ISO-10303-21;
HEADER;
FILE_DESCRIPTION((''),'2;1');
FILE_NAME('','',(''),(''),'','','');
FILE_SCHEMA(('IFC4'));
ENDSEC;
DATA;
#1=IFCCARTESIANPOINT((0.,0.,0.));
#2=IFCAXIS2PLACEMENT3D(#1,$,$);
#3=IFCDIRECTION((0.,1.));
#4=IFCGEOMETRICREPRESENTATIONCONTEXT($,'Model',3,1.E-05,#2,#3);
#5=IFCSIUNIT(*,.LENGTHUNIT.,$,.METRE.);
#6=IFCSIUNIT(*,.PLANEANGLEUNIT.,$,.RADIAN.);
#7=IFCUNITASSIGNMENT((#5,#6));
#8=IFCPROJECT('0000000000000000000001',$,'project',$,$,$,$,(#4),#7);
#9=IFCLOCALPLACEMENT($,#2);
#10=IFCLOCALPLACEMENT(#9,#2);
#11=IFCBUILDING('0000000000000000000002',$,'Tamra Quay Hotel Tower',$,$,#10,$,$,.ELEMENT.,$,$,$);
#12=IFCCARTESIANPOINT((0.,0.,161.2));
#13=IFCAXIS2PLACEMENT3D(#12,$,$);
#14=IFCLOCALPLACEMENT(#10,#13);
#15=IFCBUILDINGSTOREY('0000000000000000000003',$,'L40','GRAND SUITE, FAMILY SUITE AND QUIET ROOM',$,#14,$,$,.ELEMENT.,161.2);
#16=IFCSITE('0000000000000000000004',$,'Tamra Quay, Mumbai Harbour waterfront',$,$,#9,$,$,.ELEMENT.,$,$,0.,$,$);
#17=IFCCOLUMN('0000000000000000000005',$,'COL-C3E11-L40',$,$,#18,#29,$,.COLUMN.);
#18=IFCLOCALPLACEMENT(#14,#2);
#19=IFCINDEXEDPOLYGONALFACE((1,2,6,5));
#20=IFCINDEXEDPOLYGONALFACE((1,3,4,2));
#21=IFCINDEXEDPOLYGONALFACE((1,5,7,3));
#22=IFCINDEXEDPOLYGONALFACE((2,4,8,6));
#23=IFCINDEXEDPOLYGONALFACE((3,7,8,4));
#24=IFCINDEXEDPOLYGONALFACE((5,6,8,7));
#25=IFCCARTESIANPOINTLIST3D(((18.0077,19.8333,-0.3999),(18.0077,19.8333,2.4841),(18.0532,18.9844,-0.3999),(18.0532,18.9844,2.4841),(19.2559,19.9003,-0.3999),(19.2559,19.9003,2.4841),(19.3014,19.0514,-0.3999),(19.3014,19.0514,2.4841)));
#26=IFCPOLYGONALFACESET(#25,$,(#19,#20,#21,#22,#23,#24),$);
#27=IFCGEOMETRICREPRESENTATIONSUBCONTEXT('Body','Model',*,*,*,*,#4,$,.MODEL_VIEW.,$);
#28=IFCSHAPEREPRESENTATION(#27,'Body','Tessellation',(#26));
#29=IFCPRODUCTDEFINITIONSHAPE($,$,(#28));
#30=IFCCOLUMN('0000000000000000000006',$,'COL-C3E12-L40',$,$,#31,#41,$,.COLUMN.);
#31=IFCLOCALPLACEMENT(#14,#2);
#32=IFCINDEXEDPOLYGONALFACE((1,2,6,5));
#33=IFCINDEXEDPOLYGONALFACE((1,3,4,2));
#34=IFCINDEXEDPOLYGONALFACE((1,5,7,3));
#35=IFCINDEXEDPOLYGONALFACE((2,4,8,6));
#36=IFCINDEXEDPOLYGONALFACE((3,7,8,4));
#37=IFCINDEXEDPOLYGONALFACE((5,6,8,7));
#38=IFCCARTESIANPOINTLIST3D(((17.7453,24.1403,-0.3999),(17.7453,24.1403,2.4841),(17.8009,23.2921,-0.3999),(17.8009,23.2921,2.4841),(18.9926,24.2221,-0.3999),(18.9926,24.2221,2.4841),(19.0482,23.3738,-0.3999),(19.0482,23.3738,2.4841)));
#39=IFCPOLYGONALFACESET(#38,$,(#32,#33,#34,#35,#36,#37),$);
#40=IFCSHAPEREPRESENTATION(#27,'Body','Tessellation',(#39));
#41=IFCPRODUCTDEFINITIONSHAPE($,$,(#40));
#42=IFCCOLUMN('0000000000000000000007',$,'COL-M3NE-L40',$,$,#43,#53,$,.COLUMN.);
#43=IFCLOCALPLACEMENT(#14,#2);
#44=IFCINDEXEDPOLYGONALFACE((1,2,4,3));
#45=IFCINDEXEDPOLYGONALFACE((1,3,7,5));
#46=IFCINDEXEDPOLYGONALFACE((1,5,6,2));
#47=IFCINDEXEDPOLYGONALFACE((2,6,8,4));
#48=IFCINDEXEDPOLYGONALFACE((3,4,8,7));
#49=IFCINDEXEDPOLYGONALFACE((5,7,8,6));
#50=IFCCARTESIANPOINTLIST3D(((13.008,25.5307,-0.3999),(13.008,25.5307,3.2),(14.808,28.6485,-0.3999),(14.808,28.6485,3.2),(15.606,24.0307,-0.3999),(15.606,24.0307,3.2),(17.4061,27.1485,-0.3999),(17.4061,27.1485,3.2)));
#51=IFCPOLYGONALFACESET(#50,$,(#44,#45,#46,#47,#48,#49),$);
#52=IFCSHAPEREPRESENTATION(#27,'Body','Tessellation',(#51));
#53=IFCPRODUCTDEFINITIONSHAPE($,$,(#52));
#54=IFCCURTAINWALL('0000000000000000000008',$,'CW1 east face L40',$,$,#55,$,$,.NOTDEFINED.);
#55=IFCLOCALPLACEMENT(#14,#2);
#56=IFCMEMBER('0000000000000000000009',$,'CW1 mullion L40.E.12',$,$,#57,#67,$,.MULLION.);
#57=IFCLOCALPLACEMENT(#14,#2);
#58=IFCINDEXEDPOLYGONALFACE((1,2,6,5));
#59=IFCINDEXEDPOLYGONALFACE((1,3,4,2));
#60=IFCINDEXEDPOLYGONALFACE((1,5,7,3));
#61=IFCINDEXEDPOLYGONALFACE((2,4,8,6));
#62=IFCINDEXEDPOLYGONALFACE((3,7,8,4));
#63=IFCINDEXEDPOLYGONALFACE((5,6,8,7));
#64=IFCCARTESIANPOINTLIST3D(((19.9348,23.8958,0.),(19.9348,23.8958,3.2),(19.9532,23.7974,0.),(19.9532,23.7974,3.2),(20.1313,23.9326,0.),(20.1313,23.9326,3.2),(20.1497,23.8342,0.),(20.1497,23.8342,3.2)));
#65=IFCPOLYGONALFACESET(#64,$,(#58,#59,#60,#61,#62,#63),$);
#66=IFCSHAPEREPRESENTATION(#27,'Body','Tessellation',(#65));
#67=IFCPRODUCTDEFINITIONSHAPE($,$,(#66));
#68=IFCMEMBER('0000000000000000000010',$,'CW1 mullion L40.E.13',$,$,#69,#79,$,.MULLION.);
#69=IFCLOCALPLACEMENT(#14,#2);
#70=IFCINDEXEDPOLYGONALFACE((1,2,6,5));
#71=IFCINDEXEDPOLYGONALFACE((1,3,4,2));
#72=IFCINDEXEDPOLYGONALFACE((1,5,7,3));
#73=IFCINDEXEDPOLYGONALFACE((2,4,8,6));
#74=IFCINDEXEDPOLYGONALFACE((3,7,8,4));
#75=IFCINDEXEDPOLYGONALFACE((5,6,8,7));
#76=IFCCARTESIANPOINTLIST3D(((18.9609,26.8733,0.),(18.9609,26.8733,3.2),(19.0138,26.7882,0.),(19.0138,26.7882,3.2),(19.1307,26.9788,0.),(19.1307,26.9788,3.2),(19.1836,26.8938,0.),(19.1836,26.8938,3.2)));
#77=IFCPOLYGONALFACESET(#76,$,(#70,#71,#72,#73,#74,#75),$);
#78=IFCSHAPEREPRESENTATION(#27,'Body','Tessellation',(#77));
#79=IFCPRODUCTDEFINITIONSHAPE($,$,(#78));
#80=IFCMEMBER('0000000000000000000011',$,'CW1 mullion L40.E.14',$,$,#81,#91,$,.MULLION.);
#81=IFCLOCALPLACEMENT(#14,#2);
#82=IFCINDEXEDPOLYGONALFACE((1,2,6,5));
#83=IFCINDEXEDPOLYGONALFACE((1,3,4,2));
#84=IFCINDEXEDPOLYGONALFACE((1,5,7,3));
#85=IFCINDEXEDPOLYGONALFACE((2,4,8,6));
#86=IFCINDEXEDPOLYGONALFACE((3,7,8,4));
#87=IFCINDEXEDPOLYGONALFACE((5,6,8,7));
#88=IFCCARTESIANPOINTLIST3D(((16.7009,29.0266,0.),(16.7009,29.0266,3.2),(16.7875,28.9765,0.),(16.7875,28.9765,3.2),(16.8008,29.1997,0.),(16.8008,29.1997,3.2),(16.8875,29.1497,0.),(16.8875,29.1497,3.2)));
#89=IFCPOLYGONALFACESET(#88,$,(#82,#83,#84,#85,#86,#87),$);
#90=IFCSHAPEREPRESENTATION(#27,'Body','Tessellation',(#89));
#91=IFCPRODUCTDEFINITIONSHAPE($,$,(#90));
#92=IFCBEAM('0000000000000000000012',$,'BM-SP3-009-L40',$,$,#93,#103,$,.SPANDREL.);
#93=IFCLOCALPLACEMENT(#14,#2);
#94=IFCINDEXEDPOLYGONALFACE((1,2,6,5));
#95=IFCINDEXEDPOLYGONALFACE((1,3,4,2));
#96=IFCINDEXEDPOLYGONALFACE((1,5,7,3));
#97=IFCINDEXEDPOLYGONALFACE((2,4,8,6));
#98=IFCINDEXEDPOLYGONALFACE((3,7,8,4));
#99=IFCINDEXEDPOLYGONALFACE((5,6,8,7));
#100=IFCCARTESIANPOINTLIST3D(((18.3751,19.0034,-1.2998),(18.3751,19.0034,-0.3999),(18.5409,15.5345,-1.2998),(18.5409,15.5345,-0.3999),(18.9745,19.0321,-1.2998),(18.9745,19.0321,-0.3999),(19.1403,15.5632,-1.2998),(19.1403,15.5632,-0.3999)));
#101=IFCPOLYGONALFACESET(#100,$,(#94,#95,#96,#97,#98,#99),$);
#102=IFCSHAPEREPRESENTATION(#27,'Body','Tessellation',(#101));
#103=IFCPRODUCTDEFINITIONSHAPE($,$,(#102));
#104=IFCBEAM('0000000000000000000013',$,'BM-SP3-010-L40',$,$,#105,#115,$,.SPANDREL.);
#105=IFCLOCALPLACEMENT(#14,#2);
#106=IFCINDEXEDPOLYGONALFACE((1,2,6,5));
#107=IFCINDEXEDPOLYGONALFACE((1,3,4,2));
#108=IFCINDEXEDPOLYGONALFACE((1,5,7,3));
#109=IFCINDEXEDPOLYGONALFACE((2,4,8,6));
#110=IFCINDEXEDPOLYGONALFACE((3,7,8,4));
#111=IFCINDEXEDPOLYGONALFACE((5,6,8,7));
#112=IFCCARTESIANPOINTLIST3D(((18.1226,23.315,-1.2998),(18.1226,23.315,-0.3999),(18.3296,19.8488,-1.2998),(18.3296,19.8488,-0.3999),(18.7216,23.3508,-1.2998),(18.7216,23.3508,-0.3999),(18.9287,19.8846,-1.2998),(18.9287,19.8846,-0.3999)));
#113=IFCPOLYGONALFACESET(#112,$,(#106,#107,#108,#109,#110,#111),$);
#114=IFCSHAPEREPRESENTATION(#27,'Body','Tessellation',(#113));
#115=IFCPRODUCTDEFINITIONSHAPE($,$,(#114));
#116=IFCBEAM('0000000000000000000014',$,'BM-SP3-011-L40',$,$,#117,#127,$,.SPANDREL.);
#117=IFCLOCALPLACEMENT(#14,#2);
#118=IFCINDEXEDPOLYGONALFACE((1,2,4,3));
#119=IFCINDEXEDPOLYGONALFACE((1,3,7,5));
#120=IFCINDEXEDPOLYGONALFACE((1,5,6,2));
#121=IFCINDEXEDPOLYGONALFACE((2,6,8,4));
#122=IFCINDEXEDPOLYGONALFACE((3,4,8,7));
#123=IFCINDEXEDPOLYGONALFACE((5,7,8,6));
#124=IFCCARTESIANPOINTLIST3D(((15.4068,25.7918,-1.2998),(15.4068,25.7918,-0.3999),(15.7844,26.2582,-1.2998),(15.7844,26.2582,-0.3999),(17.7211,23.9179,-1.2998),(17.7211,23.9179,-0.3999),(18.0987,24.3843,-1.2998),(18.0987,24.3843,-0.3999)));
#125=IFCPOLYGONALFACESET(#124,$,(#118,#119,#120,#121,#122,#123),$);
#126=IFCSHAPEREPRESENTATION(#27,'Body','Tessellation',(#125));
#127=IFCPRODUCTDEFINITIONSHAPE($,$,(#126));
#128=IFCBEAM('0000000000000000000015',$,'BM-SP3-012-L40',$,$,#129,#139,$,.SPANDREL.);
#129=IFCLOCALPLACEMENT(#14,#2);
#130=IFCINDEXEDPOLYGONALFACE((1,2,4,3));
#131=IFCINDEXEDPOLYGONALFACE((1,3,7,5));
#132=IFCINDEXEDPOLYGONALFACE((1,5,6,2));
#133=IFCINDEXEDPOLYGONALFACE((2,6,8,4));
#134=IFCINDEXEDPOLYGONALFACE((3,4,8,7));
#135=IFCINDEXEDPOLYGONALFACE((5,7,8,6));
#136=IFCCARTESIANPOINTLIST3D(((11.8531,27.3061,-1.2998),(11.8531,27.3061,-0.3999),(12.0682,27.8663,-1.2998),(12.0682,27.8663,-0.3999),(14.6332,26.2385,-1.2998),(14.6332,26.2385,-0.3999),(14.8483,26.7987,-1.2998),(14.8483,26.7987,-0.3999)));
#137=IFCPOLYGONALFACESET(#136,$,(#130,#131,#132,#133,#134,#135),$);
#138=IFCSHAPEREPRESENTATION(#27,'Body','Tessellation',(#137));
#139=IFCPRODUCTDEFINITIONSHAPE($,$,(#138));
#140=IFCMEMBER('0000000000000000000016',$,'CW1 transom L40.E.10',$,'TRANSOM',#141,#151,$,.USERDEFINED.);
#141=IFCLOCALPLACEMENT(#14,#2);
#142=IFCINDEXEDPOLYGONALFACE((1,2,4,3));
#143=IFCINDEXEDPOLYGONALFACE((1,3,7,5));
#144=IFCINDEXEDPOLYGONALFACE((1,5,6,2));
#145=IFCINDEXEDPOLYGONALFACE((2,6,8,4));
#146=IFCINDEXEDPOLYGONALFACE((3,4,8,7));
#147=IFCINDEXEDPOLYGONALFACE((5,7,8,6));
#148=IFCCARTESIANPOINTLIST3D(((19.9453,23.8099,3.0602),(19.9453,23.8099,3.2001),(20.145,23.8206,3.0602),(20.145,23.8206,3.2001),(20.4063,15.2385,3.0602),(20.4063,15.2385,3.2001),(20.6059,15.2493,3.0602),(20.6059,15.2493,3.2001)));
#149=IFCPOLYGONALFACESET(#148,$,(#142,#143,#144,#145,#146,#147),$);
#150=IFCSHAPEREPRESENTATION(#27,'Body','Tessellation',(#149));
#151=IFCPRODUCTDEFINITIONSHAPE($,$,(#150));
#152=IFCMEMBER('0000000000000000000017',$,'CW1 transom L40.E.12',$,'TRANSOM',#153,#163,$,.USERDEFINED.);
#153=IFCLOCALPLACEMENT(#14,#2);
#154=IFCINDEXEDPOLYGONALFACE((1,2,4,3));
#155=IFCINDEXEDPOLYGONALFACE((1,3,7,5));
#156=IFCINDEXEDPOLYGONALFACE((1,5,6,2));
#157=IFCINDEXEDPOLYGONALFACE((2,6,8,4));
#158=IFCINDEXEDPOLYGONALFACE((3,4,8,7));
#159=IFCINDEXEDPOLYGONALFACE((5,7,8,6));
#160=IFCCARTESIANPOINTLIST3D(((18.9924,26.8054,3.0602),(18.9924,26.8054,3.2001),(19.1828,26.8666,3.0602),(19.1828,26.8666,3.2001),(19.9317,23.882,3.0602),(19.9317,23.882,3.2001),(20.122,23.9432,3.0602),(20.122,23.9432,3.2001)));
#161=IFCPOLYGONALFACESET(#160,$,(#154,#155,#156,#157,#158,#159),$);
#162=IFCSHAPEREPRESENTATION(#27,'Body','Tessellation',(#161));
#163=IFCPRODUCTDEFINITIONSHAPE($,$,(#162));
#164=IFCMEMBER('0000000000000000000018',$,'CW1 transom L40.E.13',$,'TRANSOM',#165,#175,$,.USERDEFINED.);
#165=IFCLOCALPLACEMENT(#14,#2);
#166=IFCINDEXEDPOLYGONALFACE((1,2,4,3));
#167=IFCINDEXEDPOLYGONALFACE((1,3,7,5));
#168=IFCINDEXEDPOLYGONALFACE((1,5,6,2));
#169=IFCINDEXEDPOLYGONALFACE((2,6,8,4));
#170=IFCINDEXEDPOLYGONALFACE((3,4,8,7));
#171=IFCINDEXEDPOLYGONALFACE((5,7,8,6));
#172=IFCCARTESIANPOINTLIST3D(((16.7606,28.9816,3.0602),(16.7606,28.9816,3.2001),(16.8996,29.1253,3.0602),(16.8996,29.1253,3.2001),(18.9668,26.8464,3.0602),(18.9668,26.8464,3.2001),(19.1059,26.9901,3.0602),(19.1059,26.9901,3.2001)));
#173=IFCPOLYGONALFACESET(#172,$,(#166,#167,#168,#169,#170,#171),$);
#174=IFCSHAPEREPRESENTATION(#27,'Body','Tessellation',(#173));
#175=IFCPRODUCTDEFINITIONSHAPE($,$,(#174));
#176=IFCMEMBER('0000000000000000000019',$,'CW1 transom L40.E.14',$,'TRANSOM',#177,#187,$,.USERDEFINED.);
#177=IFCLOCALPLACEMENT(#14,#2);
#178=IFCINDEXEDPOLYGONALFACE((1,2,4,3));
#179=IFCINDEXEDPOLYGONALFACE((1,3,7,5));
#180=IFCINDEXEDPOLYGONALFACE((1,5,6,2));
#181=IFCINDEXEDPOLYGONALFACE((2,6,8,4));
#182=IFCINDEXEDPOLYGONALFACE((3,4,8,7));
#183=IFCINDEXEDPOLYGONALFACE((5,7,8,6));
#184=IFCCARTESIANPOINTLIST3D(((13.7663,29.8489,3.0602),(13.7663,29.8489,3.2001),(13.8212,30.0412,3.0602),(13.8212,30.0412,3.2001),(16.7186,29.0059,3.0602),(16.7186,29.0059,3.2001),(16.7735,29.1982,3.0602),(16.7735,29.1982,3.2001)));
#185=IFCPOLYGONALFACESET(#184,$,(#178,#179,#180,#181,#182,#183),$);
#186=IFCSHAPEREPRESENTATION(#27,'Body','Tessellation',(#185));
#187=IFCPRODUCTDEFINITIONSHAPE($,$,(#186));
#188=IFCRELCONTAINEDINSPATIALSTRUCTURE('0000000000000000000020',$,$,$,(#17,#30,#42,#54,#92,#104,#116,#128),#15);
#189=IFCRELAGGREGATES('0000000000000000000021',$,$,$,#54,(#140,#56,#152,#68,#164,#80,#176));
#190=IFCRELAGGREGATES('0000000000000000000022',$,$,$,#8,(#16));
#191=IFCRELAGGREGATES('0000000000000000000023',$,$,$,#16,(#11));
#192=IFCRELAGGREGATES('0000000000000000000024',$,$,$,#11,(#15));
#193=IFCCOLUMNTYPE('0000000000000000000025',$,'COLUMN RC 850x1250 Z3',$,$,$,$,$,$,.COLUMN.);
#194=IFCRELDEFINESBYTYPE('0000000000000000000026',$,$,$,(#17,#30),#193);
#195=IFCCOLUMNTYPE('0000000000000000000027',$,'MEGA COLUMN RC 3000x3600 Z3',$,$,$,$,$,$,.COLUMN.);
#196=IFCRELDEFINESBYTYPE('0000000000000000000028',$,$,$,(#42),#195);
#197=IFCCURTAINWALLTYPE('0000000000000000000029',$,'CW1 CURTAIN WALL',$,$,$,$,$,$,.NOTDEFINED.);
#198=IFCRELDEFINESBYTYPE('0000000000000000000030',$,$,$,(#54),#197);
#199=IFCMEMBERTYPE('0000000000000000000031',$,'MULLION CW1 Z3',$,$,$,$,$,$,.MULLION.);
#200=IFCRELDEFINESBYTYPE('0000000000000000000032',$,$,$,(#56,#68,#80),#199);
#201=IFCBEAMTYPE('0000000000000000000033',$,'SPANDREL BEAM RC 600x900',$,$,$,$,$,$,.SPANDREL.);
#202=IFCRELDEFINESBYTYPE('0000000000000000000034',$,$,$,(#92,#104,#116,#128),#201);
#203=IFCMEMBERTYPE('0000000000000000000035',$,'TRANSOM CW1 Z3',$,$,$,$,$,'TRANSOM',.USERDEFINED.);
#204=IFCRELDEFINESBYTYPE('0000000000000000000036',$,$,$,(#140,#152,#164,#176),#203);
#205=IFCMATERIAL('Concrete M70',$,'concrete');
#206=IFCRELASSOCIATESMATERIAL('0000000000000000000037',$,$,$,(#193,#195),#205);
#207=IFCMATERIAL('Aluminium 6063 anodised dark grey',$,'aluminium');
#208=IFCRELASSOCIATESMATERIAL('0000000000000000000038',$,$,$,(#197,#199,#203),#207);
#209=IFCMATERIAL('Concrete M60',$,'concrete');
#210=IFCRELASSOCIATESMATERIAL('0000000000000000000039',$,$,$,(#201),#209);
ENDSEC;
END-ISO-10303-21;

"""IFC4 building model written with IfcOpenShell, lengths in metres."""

from ifc_helpers import new_model, si_unit, direction, frame, origin, origin_2d, place, context, subcontext, project, spatial, rectangle, extrude, material, material_profile, profile_set, type_object, element, aggregate, save


model = new_model("IFC4")

# Units and contexts
model_context = context("Model", 3, precision=1e-05, world=origin(), true_north=direction((0.0, 1.0)))
body_context = subcontext(model_context, "Body", "Model", "MODEL_VIEW")
ifc_project = project(units=[si_unit("LENGTHUNIT", "METRE"), si_unit("PLANEANGLEUNIT", "RADIAN")], contexts=[model_context])

# Site, building, storey
site_placement = place(None, origin())
site = spatial("IfcSite", under=ifc_project, at=site_placement, Name="Tamra Quay, Mumbai Harbour waterfront", CompositionType="ELEMENT", RefElevation=0.0)
building_placement = place(site_placement, origin())
building = spatial("IfcBuilding", under=site, at=building_placement, Name="Tamra Quay Hotel Tower", CompositionType="ELEMENT")
storey_placement = place(building_placement, frame((0.0, 0.0, 161.2)))
storey = spatial("IfcBuildingStorey", under=building, at=storey_placement, Name="L40", Description="GRAND SUITE, FAMILY SUITE AND QUIET ROOM", CompositionType="ELEMENT", Elevation=161.2)

# Columns
ifc_material_1 = material(Name="Concrete M70", Category="concrete")
ifc_material_profile_1 = material_profile(ifc_material_1, rectangle(XDim=1.25, YDim=0.8501, at=origin_2d()), Name="COLUMN RC 850x1250 Z3")
ifc_profile_set_1 = profile_set([ifc_material_profile_1], Name="Concrete M70")
column_type_1 = type_object("IfcColumnType", Name="COLUMN RC 850x1250 Z3", PredefinedType="COLUMN", material=ifc_profile_set_1)
for number, where, z_axis, x_axis, name in (
    (1, (18.6545, 19.4424, -0.3999), (0.0, 0.0, 1.0), (0.998562, 0.053603, 0.0), "COL-C3E11-L40"),
    (2, (18.3967, 23.7571, -0.3999), (0.0, 0.0, 1.0), (0.997858, 0.065419, 0.0), "COL-C3E12-L40"),
):
    element("IfcColumn", number, at=place(storey_placement, frame(where, z_axis=z_axis, x_axis=x_axis)), inside=storey, type_object=column_type_1, Name=name, PredefinedType="COLUMN", context=body_context, shape_type="SweptSolid", body=[
        extrude(rectangle(XDim=1.25, YDim=0.8501, at=origin_2d()), origin(), (0.0, 0.0, 1.0), 2.884),
    ])
ifc_material_profile_2 = material_profile(ifc_material_1, rectangle(XDim=3.6001, YDim=3.0, at=origin_2d()), Name="MEGA COLUMN RC 3000x3600 Z3")
ifc_profile_set_2 = profile_set([ifc_material_profile_2], Name="Concrete M70")
column_type_2 = type_object("IfcColumnType", Name="MEGA COLUMN RC 3000x3600 Z3", PredefinedType="COLUMN", material=ifc_profile_set_2)
column_placement = place(storey_placement, frame((15.207, 26.3396, -0.3999), z_axis=(0.0, 0.0, 1.0), x_axis=(0.5, 0.866025, 0.0)))
element("IfcColumn", 3, at=column_placement, inside=storey, type_object=column_type_2, Name="COL-M3NE-L40", PredefinedType="COLUMN", context=body_context, shape_type="SweptSolid", body=[
    extrude(rectangle(XDim=3.6001, YDim=3.0, at=origin_2d()), origin(), (0.0, 0.0, 1.0), 3.5999),
])

# Curtain wall, members
ifc_material_2 = material(Name="Aluminium 6063 anodised dark grey", Category="aluminium")
curtain_wall_type = type_object("IfcCurtainWallType", Name="CW1 CURTAIN WALL", PredefinedType="NOTDEFINED", material=ifc_material_2)
curtain_wall_placement = place(storey_placement, origin())
curtain_wall = element("IfcCurtainWall", 4, at=curtain_wall_placement, inside=storey, type_object=curtain_wall_type, Name="CW1 east face L40", PredefinedType="NOTDEFINED")
ifc_material_profile_3 = material_profile(ifc_material_2, rectangle(XDim=0.2, YDim=0.1001, at=origin_2d()), Name="MULLION 100X200")
ifc_profile_set_3 = profile_set([ifc_material_profile_3], Name="Aluminium 6063 anodised dark grey")
member_type_1 = type_object("IfcMemberType", Name="MULLION CW1 Z3", PredefinedType="MULLION", material=ifc_profile_set_3)
member_1_placement = place(storey_placement, frame((20.0422, 23.865, 0.0), z_axis=(0.0, 0.0, 1.0), x_axis=(0.982883, 0.18423, 0.0)))
member_1 = element("IfcMember", 5, at=member_1_placement, type_object=member_type_1, Name="CW1 mullion L40.E.12", PredefinedType="MULLION", context=body_context, shape_type="SweptSolid", body=[
    extrude(rectangle(XDim=0.2, YDim=0.1001, at=origin_2d()), origin(), (0.0, 0.0, 1.0), 3.2),
])
member_2_placement = place(storey_placement, frame((19.0723, 26.8835, 0.0), z_axis=(0.0, 0.0, 1.0), x_axis=(0.849198, 0.528075, 0.0)))
member_2 = element("IfcMember", 6, at=member_2_placement, type_object=member_type_1, Name="CW1 mullion L40.E.13", PredefinedType="MULLION", context=body_context, shape_type="SweptSolid", body=[
    extrude(rectangle(XDim=0.2, YDim=0.1001, at=origin_2d()), origin(), (0.0, 0.0, 1.0), 3.2),
])
member_3_placement = place(storey_placement, frame((16.7942, 29.0881, 0.0), z_axis=(0.0, 0.0, 1.0), x_axis=(0.5, 0.866025, 0.0)))
member_3 = element("IfcMember", 7, at=member_3_placement, type_object=member_type_1, Name="CW1 mullion L40.E.14", PredefinedType="MULLION", context=body_context, shape_type="SweptSolid", body=[
    extrude(rectangle(XDim=0.2, YDim=0.1001, at=origin_2d()), origin(), (0.0, 0.0, 1.0), 3.2),
])

# Beams
ifc_material_3 = material(Name="Concrete M60", Category="concrete")
ifc_material_profile_4 = material_profile(ifc_material_3, rectangle(XDim=0.6001, YDim=0.8999, at=origin_2d()), Name="SPANDREL BEAM RC 600x900")
ifc_profile_set_4 = profile_set([ifc_material_profile_4], Name="Concrete M60")
beam_type = type_object("IfcBeamType", Name="SPANDREL BEAM RC 600x900", PredefinedType="SPANDREL", material=ifc_profile_set_4)
beam_1_placement = place(storey_placement, frame((18.8406, 15.5488, -0.8499), z_axis=(-0.047732, 0.99886, 0.0), x_axis=(-0.99886, -0.047732, 0.0)))
element("IfcBeam", 8, at=beam_1_placement, inside=storey, type_object=beam_type, Name="BM-SP3-009-L40", PredefinedType="SPANDREL", context=body_context, shape_type="SweptSolid", body=[
    extrude(rectangle(XDim=0.6001, YDim=0.8999, at=origin_2d()), origin(), (0.0, 0.0, 1.0), 3.4729),
])
beam_2_placement = place(storey_placement, frame((18.6292, 19.8667, -0.8499), z_axis=(-0.05962, 0.998221, 0.0), x_axis=(-0.998221, -0.05962, 0.0)))
element("IfcBeam", 9, at=beam_2_placement, inside=storey, type_object=beam_type, Name="BM-SP3-010-L40", PredefinedType="SPANDREL", context=body_context, shape_type="SweptSolid", body=[
    extrude(rectangle(XDim=0.6001, YDim=0.8999, at=origin_2d()), origin(), (0.0, 0.0, 1.0), 3.4724),
])
beam_3_placement = place(storey_placement, frame((17.9099, 24.1511, -0.8499), z_axis=(-0.777184, 0.629274, 0.0), x_axis=(-0.629274, -0.777184, 0.0)))
element("IfcBeam", 10, at=beam_3_placement, inside=storey, type_object=beam_type, Name="BM-SP3-011-L40", PredefinedType="SPANDREL", context=body_context, shape_type="SweptSolid", body=[
    extrude(rectangle(XDim=0.6001, YDim=0.8999, at=origin_2d()), origin(), (0.0, 0.0, 1.0), 2.9778),
])
beam_4_placement = place(storey_placement, frame((14.7407, 26.5186, -0.8499), z_axis=(-0.933527, 0.358507, 0.0), x_axis=(-0.358507, -0.933527, 0.0)))
element("IfcBeam", 11, at=beam_4_placement, inside=storey, type_object=beam_type, Name="BM-SP3-012-L40", PredefinedType="SPANDREL", context=body_context, shape_type="SweptSolid", body=[
    extrude(rectangle(XDim=0.6001, YDim=0.8999, at=origin_2d()), origin(), (0.0, 0.0, 1.0), 2.978),
])

# Members
ifc_material_profile_5 = material_profile(ifc_material_2, rectangle(XDim=0.2, YDim=0.1399, at=origin_2d()), Name="TRANSOM 200X140")
ifc_profile_set_5 = profile_set([ifc_material_profile_5], Name="Aluminium 6063 anodised dark grey")
member_type_2 = type_object("IfcMemberType", Name="TRANSOM CW1 Z3", ElementType="TRANSOM", PredefinedType="USERDEFINED", material=ifc_profile_set_5)
member_4_placement = place(storey_placement, frame((20.5061, 15.2439, 3.1301), z_axis=(-0.053699, 0.998557, 0.0), x_axis=(-0.998557, -0.053699, 0.0)))
member_4 = element("IfcMember", 12, at=member_4_placement, type_object=member_type_2, Name="CW1 transom L40.E.10", ObjectType="TRANSOM", PredefinedType="USERDEFINED", context=body_context, shape_type="SweptSolid", body=[
    extrude(rectangle(XDim=0.2, YDim=0.1399, at=origin_2d()), origin(), (0.0, 0.0, 1.0), 8.5837),
])
member_5_placement = place(storey_placement, frame((20.0269, 23.9126, 3.1301), z_axis=(-0.30588, 0.95207, 0.0), x_axis=(-0.95207, -0.30588, 0.0)))
member_5 = element("IfcMember", 13, at=member_5_placement, type_object=member_type_2, Name="CW1 transom L40.E.12", ObjectType="TRANSOM", PredefinedType="USERDEFINED", context=body_context, shape_type="SweptSolid", body=[
    extrude(rectangle(XDim=0.2, YDim=0.1399, at=origin_2d()), origin(), (0.0, 0.0, 1.0), 3.0706),
])
member_6_placement = place(storey_placement, frame((19.0364, 26.9182, 3.1301), z_axis=(-0.718582, 0.695443, 0.0), x_axis=(-0.695443, -0.718582, 0.0)))
member_6 = element("IfcMember", 14, at=member_6_placement, type_object=member_type_2, Name="CW1 transom L40.E.13", ObjectType="TRANSOM", PredefinedType="USERDEFINED", context=body_context, shape_type="SweptSolid", body=[
    extrude(rectangle(XDim=0.2, YDim=0.1399, at=origin_2d()), origin(), (0.0, 0.0, 1.0), 3.0703),
])
member_7_placement = place(storey_placement, frame((16.7461, 29.1021, 3.1301), z_axis=(-0.961569, 0.274564, 0.0), x_axis=(-0.274564, -0.961569, 0.0)))
member_7 = element("IfcMember", 15, at=member_7_placement, type_object=member_type_2, Name="CW1 transom L40.E.14", ObjectType="TRANSOM", PredefinedType="USERDEFINED", context=body_context, shape_type="SweptSolid", body=[
    extrude(rectangle(XDim=0.2, YDim=0.1399, at=origin_2d()), origin(), (0.0, 0.0, 1.0), 3.0703),
])

aggregate(curtain_wall, [member_4, member_1, member_5, member_2, member_6, member_3, member_7])

save(model, "model.ifc")
